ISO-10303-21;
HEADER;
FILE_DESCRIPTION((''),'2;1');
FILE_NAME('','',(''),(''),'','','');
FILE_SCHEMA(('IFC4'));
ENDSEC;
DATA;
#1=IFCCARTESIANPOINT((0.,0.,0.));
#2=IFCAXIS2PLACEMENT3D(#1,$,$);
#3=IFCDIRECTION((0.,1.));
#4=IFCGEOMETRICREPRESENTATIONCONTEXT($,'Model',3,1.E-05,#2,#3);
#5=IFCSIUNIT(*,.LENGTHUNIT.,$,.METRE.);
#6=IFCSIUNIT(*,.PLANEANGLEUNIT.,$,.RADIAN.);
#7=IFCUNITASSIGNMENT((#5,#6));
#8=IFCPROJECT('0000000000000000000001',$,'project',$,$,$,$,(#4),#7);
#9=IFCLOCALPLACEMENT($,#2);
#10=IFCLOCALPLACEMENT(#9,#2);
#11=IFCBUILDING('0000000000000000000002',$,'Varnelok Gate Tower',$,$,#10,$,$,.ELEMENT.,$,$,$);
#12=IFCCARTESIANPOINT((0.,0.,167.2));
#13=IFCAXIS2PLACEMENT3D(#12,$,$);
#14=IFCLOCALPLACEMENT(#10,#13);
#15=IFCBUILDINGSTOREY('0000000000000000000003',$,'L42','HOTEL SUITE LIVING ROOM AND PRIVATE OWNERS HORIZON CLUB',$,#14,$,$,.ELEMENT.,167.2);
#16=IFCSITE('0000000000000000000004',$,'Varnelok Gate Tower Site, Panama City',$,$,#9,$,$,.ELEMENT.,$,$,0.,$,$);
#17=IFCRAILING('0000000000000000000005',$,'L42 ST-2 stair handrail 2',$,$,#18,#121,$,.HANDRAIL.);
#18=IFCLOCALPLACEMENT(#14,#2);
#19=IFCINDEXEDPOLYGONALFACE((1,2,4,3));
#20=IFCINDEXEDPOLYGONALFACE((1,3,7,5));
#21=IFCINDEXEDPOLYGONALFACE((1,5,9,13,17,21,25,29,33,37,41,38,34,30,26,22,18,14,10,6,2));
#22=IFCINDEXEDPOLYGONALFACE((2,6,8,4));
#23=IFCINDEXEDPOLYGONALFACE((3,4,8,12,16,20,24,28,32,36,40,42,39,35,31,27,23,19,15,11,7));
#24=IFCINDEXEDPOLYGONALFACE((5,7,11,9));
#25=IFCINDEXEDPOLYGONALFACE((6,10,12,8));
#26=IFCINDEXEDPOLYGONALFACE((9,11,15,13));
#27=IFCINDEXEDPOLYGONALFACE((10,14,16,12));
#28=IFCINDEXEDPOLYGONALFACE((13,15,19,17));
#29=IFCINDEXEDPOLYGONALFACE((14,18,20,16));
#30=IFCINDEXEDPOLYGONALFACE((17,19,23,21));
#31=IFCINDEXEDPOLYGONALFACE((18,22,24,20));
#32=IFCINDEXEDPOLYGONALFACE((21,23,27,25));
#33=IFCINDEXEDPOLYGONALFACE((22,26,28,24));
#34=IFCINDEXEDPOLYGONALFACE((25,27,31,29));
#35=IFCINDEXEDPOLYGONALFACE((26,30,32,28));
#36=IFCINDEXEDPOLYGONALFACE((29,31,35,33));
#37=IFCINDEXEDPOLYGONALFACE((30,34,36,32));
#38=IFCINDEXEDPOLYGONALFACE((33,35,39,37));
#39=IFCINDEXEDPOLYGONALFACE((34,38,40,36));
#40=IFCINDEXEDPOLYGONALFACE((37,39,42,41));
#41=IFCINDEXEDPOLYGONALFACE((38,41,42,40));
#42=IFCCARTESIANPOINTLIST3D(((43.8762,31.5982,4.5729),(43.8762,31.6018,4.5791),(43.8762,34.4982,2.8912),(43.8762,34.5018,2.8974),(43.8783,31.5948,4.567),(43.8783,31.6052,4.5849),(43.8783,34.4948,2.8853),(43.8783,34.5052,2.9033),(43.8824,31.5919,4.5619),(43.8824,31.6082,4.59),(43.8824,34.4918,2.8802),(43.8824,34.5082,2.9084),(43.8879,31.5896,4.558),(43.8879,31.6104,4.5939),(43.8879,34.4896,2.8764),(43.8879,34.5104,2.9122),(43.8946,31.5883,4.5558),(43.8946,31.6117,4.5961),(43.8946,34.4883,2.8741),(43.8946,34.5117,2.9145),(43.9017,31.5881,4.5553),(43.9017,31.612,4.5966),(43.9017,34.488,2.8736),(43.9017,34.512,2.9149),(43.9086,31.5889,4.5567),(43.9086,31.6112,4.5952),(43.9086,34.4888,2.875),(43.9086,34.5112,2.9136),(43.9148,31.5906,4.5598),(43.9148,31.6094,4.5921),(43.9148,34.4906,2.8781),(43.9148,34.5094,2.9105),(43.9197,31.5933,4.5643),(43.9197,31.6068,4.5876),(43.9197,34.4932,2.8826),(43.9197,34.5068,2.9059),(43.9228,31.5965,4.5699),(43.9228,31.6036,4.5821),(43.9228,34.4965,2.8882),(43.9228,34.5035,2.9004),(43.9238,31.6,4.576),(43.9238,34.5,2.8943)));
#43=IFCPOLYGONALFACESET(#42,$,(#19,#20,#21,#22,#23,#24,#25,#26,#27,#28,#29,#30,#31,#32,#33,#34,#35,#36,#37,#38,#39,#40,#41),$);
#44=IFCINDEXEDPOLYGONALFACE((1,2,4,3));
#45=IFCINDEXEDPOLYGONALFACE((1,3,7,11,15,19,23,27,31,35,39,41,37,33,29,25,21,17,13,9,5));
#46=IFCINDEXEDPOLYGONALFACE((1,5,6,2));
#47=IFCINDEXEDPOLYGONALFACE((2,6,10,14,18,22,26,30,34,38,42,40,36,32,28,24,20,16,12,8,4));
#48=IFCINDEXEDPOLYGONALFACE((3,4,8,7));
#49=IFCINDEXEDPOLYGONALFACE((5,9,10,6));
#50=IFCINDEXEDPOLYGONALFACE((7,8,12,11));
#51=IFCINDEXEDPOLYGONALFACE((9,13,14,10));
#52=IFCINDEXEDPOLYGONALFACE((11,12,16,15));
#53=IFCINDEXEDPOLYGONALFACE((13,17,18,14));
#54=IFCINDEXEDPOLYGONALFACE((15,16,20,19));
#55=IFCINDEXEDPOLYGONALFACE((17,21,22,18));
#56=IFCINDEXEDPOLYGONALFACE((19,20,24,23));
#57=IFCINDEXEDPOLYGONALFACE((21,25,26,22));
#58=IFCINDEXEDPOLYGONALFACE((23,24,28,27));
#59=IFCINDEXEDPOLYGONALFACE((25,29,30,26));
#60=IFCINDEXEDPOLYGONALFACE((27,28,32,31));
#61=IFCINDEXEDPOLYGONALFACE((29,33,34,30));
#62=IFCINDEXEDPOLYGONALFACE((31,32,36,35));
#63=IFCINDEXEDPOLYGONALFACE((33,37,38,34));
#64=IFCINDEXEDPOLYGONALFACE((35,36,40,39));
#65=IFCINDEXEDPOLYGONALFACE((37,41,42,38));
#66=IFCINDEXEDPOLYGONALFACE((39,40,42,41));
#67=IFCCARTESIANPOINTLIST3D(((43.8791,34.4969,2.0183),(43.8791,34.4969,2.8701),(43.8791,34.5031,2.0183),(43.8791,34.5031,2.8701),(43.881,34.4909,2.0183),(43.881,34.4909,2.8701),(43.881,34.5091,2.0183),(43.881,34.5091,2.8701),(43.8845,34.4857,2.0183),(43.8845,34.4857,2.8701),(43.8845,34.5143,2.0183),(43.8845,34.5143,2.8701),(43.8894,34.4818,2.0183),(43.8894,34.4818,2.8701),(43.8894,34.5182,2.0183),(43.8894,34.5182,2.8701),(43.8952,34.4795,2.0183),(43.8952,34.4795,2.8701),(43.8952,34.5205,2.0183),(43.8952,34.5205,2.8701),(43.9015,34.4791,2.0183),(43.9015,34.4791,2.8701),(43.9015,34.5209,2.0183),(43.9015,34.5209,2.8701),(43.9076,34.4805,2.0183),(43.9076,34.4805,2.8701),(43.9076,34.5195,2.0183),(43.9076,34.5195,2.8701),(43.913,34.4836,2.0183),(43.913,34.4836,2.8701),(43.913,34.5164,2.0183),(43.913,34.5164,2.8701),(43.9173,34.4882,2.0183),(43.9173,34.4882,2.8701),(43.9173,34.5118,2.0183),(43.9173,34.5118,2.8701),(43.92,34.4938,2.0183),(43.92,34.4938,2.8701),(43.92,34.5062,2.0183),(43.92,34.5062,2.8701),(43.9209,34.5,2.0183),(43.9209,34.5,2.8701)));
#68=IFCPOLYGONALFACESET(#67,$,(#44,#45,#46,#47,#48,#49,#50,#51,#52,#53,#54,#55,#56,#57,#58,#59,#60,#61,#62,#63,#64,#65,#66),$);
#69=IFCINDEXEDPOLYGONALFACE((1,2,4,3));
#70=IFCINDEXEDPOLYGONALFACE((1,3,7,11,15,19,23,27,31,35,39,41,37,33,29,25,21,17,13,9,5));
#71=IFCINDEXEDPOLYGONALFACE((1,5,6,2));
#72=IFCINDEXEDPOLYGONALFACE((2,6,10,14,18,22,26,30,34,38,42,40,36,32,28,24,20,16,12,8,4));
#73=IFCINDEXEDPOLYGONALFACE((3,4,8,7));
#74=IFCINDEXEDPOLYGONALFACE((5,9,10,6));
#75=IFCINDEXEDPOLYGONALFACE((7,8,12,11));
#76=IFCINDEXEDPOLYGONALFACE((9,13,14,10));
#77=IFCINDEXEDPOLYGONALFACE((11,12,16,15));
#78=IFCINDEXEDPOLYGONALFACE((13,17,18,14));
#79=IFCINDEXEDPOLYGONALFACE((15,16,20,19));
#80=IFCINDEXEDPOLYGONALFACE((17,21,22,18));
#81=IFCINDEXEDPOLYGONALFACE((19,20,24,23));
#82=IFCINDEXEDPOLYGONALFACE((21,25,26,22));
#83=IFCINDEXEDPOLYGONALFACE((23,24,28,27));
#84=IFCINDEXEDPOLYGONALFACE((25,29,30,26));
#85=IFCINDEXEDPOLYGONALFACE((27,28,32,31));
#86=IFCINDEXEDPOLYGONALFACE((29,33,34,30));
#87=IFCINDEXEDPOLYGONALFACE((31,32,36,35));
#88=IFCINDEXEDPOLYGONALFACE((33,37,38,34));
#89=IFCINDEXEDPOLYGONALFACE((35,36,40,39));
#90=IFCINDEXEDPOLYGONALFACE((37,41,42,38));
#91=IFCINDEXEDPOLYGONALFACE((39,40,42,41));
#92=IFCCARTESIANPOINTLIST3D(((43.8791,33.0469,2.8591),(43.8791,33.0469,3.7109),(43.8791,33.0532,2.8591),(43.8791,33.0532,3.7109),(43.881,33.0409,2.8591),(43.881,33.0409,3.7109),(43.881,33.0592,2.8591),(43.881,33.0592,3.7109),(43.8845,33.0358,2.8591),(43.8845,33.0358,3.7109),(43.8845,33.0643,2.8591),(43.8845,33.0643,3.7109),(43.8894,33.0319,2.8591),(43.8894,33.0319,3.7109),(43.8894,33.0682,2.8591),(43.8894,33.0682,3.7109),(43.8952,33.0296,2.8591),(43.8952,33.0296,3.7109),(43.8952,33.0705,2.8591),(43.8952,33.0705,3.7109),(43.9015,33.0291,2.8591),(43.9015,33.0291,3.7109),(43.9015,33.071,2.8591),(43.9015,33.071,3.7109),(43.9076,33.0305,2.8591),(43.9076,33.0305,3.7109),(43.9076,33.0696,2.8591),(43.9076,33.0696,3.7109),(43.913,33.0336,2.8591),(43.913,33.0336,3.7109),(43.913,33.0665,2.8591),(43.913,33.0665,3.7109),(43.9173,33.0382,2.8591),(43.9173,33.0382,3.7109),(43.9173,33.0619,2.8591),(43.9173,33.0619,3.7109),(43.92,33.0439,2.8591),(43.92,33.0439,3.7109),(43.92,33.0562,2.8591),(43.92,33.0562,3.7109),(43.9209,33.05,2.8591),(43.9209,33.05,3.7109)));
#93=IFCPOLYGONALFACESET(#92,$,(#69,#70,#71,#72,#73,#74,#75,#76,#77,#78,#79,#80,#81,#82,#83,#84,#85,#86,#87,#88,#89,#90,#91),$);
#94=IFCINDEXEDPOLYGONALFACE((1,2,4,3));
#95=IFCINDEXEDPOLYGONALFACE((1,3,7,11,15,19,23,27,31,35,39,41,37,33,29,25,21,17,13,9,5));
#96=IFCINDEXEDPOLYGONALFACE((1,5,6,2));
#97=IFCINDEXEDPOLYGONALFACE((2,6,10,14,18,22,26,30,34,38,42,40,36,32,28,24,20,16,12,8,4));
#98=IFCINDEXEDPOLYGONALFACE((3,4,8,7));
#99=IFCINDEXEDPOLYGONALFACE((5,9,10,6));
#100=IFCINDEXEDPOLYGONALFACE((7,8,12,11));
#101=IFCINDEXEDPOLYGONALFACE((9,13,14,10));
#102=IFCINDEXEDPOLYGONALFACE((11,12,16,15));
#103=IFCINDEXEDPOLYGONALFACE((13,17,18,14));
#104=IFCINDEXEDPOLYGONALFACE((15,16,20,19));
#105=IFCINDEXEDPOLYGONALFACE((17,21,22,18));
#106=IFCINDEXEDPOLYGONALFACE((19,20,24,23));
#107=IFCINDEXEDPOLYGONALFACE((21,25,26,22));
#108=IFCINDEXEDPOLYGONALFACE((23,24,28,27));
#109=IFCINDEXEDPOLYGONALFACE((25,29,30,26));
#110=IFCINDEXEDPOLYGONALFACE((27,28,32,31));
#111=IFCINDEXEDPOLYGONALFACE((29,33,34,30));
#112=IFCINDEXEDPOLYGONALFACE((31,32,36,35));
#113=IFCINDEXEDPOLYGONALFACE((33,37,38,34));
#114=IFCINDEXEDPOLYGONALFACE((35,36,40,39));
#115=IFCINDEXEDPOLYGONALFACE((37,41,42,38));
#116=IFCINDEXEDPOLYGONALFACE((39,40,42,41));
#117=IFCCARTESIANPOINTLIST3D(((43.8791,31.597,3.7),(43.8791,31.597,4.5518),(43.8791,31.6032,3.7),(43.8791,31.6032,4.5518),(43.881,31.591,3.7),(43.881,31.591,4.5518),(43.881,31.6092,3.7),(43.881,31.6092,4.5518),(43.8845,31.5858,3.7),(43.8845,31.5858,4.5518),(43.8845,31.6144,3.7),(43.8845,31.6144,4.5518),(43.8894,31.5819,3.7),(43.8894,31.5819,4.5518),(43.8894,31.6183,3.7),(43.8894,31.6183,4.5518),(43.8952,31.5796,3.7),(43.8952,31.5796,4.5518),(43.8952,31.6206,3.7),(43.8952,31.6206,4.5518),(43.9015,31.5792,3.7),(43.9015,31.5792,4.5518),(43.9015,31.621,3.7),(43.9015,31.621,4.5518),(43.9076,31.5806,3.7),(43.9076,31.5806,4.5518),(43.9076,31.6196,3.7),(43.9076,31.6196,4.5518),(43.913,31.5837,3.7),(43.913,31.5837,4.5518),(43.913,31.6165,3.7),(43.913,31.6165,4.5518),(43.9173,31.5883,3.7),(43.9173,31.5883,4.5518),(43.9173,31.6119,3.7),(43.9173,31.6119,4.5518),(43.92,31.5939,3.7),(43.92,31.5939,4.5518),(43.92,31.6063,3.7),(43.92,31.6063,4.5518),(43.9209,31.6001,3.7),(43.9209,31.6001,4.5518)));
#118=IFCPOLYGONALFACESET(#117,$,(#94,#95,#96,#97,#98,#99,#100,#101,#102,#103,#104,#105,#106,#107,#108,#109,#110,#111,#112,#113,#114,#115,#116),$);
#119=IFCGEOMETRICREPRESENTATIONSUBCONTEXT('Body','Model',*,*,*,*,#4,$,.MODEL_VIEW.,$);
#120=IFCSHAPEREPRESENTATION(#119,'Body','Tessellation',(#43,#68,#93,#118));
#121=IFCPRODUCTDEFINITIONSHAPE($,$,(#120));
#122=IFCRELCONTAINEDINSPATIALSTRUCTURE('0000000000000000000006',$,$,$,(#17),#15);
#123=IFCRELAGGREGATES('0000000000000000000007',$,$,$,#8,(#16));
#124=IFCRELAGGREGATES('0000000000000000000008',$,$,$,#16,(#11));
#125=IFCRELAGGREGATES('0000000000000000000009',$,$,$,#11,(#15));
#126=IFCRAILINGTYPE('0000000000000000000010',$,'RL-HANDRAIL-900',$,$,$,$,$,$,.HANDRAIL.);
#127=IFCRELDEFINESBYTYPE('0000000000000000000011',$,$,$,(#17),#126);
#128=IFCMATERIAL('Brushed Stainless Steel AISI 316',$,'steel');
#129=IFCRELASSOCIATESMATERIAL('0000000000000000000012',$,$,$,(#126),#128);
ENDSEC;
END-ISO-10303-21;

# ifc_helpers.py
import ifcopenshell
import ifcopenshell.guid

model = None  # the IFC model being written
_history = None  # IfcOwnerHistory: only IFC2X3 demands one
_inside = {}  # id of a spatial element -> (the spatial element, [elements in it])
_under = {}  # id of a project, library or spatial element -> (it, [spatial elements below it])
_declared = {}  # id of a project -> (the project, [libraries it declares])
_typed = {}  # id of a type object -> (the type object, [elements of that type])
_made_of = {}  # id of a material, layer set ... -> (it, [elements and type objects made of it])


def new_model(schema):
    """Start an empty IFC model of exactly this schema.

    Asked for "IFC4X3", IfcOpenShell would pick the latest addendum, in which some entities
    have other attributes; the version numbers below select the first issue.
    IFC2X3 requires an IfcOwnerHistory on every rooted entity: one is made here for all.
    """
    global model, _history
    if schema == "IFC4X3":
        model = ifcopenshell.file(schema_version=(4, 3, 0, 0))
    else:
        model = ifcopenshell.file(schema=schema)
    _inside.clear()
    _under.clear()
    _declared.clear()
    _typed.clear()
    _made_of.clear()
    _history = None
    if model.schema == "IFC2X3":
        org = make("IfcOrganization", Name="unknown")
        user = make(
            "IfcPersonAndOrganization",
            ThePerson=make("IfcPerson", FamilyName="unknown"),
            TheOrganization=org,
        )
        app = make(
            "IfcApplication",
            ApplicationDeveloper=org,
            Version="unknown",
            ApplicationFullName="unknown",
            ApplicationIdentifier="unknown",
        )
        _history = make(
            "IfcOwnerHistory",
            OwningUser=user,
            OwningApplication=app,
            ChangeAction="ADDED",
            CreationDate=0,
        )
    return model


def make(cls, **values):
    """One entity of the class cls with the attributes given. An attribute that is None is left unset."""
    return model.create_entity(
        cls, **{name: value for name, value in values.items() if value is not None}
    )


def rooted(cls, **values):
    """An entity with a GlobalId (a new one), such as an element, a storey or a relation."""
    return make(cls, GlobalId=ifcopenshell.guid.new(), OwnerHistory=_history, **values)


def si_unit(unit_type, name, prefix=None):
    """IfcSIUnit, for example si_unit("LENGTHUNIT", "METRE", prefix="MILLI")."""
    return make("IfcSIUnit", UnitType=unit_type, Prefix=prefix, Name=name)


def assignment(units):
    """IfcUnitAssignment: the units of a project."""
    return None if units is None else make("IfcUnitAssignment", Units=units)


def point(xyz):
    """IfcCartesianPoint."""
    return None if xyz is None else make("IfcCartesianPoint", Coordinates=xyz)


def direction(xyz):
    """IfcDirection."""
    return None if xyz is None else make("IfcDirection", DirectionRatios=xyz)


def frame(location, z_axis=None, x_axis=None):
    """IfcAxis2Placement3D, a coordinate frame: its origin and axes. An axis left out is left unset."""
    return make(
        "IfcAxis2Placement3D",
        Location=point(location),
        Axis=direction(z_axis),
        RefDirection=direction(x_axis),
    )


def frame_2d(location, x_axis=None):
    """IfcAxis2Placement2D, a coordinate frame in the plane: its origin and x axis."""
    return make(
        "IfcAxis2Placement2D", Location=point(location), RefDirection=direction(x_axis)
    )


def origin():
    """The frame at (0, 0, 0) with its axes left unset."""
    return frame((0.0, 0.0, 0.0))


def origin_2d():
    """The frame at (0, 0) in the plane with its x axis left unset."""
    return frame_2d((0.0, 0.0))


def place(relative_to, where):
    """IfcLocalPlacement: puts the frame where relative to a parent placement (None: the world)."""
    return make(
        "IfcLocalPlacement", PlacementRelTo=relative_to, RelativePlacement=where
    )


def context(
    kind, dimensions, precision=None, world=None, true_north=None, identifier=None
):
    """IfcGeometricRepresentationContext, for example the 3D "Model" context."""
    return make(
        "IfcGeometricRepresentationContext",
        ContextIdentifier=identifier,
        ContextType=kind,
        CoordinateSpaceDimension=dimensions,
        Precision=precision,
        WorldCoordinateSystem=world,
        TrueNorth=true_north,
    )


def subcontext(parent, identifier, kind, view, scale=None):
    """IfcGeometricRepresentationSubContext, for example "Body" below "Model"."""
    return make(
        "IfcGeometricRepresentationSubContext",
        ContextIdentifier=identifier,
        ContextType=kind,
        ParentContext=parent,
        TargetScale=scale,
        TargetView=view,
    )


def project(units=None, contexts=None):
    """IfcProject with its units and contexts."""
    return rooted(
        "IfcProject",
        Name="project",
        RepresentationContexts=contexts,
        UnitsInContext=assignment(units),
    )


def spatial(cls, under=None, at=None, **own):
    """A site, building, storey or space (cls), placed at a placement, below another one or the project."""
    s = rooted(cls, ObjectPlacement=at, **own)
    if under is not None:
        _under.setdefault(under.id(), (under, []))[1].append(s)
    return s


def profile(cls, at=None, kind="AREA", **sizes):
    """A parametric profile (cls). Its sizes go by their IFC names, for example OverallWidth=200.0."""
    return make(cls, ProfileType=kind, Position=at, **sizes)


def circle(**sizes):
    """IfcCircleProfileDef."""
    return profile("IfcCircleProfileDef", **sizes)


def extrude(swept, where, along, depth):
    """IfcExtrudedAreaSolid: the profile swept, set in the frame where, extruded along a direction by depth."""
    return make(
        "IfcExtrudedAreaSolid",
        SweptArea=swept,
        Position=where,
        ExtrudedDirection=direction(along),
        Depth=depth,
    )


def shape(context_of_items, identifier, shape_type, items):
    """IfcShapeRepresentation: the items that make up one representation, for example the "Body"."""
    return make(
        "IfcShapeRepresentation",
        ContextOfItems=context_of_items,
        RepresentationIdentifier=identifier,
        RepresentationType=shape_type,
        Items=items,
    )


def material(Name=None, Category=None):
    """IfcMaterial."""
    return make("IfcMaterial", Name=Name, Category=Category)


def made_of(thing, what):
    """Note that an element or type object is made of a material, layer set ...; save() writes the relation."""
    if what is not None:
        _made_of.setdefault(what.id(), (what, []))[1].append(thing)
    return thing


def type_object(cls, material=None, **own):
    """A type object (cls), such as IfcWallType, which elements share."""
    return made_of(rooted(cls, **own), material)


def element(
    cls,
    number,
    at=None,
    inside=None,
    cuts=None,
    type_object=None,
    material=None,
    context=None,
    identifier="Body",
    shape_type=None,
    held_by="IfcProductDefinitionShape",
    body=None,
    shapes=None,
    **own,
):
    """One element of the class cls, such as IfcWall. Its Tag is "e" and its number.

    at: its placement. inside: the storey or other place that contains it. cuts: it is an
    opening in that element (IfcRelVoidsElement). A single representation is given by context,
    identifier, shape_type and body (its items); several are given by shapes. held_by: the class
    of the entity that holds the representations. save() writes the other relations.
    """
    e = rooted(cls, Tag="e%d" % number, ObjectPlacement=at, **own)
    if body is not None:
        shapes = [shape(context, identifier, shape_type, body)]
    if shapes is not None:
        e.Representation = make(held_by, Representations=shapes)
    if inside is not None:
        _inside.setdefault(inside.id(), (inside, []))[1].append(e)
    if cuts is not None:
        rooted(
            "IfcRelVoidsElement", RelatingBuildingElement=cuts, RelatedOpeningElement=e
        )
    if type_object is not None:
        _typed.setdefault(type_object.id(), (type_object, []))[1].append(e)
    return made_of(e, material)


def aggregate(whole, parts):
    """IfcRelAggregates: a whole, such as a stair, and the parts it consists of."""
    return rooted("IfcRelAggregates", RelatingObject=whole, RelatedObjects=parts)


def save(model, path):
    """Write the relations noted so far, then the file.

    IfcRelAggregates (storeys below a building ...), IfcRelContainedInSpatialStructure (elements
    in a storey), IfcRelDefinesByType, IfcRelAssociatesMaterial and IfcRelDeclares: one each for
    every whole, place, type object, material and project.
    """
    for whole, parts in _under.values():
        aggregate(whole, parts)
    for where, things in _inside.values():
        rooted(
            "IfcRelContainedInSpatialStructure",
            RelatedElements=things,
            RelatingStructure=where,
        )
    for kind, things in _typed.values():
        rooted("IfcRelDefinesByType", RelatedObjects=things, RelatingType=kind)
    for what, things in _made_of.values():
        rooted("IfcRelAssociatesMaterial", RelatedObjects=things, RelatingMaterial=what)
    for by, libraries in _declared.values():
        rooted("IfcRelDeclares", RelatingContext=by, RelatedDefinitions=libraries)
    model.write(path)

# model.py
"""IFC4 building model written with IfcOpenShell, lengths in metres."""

from ifc_helpers import new_model, si_unit, direction, frame, origin, origin_2d, place, context, subcontext, project, spatial, circle, extrude, material, type_object, element, save


model = new_model("IFC4")

# Units and contexts
model_context = context("Model", 3, precision=1e-05, world=origin(), true_north=direction((0.0, 1.0)))
body_context = subcontext(model_context, "Body", "Model", "MODEL_VIEW")
ifc_project = project(units=[si_unit("LENGTHUNIT", "METRE"), si_unit("PLANEANGLEUNIT", "RADIAN")], contexts=[model_context])

# Site, building, storey
site_placement = place(None, origin())
site = spatial("IfcSite", under=ifc_project, at=site_placement, Name="Varnelok Gate Tower Site, Panama City", CompositionType="ELEMENT", RefElevation=0.0)
building_placement = place(site_placement, origin())
building = spatial("IfcBuilding", under=site, at=building_placement, Name="Varnelok Gate Tower", CompositionType="ELEMENT")
storey_placement = place(building_placement, frame((0.0, 0.0, 167.2)))
storey = spatial("IfcBuildingStorey", under=building, at=storey_placement, Name="L42", Description="HOTEL SUITE LIVING ROOM AND PRIVATE OWNERS HORIZON CLUB", CompositionType="ELEMENT", Elevation=167.2)

# Railing
ifc_material_1 = material(Name="Brushed Stainless Steel AISI 316", Category="steel")
railing_type_1 = type_object("IfcRailingType", Name="RL-HANDRAIL-900", PredefinedType="HANDRAIL", material=ifc_material_1)
railing_1_placement = place(storey_placement, frame((43.8999, 34.5, 2.0183)))
element("IfcRailing", 1, at=railing_1_placement, inside=storey, type_object=railing_type_1, Name="L42 ST-2 stair handrail 2", PredefinedType="HANDRAIL", context=body_context, shape_type="SweptSolid", body=[
    extrude(circle(Radius=0.0239, at=origin_2d()), frame((0.0, 0.0, 0.876), z_axis=(0.0, -0.86507, 0.501651), x_axis=(1.0, 0.0, 0.0)), (0.0, 0.0, 1.0), 3.3523),
    extrude(circle(Radius=0.021, at=origin_2d()), origin(), (0.0, 0.0, 1.0), 0.8518),
    extrude(circle(Radius=0.021, at=origin_2d()), frame((0.0, -1.45, 0.8408)), (0.0, 0.0, 1.0), 0.8518),
    extrude(circle(Radius=0.021, at=origin_2d()), frame((0.0, -2.8999, 1.6816)), (0.0, 0.0, 1.0), 0.8518),
])

save(model, "model.ifc")
